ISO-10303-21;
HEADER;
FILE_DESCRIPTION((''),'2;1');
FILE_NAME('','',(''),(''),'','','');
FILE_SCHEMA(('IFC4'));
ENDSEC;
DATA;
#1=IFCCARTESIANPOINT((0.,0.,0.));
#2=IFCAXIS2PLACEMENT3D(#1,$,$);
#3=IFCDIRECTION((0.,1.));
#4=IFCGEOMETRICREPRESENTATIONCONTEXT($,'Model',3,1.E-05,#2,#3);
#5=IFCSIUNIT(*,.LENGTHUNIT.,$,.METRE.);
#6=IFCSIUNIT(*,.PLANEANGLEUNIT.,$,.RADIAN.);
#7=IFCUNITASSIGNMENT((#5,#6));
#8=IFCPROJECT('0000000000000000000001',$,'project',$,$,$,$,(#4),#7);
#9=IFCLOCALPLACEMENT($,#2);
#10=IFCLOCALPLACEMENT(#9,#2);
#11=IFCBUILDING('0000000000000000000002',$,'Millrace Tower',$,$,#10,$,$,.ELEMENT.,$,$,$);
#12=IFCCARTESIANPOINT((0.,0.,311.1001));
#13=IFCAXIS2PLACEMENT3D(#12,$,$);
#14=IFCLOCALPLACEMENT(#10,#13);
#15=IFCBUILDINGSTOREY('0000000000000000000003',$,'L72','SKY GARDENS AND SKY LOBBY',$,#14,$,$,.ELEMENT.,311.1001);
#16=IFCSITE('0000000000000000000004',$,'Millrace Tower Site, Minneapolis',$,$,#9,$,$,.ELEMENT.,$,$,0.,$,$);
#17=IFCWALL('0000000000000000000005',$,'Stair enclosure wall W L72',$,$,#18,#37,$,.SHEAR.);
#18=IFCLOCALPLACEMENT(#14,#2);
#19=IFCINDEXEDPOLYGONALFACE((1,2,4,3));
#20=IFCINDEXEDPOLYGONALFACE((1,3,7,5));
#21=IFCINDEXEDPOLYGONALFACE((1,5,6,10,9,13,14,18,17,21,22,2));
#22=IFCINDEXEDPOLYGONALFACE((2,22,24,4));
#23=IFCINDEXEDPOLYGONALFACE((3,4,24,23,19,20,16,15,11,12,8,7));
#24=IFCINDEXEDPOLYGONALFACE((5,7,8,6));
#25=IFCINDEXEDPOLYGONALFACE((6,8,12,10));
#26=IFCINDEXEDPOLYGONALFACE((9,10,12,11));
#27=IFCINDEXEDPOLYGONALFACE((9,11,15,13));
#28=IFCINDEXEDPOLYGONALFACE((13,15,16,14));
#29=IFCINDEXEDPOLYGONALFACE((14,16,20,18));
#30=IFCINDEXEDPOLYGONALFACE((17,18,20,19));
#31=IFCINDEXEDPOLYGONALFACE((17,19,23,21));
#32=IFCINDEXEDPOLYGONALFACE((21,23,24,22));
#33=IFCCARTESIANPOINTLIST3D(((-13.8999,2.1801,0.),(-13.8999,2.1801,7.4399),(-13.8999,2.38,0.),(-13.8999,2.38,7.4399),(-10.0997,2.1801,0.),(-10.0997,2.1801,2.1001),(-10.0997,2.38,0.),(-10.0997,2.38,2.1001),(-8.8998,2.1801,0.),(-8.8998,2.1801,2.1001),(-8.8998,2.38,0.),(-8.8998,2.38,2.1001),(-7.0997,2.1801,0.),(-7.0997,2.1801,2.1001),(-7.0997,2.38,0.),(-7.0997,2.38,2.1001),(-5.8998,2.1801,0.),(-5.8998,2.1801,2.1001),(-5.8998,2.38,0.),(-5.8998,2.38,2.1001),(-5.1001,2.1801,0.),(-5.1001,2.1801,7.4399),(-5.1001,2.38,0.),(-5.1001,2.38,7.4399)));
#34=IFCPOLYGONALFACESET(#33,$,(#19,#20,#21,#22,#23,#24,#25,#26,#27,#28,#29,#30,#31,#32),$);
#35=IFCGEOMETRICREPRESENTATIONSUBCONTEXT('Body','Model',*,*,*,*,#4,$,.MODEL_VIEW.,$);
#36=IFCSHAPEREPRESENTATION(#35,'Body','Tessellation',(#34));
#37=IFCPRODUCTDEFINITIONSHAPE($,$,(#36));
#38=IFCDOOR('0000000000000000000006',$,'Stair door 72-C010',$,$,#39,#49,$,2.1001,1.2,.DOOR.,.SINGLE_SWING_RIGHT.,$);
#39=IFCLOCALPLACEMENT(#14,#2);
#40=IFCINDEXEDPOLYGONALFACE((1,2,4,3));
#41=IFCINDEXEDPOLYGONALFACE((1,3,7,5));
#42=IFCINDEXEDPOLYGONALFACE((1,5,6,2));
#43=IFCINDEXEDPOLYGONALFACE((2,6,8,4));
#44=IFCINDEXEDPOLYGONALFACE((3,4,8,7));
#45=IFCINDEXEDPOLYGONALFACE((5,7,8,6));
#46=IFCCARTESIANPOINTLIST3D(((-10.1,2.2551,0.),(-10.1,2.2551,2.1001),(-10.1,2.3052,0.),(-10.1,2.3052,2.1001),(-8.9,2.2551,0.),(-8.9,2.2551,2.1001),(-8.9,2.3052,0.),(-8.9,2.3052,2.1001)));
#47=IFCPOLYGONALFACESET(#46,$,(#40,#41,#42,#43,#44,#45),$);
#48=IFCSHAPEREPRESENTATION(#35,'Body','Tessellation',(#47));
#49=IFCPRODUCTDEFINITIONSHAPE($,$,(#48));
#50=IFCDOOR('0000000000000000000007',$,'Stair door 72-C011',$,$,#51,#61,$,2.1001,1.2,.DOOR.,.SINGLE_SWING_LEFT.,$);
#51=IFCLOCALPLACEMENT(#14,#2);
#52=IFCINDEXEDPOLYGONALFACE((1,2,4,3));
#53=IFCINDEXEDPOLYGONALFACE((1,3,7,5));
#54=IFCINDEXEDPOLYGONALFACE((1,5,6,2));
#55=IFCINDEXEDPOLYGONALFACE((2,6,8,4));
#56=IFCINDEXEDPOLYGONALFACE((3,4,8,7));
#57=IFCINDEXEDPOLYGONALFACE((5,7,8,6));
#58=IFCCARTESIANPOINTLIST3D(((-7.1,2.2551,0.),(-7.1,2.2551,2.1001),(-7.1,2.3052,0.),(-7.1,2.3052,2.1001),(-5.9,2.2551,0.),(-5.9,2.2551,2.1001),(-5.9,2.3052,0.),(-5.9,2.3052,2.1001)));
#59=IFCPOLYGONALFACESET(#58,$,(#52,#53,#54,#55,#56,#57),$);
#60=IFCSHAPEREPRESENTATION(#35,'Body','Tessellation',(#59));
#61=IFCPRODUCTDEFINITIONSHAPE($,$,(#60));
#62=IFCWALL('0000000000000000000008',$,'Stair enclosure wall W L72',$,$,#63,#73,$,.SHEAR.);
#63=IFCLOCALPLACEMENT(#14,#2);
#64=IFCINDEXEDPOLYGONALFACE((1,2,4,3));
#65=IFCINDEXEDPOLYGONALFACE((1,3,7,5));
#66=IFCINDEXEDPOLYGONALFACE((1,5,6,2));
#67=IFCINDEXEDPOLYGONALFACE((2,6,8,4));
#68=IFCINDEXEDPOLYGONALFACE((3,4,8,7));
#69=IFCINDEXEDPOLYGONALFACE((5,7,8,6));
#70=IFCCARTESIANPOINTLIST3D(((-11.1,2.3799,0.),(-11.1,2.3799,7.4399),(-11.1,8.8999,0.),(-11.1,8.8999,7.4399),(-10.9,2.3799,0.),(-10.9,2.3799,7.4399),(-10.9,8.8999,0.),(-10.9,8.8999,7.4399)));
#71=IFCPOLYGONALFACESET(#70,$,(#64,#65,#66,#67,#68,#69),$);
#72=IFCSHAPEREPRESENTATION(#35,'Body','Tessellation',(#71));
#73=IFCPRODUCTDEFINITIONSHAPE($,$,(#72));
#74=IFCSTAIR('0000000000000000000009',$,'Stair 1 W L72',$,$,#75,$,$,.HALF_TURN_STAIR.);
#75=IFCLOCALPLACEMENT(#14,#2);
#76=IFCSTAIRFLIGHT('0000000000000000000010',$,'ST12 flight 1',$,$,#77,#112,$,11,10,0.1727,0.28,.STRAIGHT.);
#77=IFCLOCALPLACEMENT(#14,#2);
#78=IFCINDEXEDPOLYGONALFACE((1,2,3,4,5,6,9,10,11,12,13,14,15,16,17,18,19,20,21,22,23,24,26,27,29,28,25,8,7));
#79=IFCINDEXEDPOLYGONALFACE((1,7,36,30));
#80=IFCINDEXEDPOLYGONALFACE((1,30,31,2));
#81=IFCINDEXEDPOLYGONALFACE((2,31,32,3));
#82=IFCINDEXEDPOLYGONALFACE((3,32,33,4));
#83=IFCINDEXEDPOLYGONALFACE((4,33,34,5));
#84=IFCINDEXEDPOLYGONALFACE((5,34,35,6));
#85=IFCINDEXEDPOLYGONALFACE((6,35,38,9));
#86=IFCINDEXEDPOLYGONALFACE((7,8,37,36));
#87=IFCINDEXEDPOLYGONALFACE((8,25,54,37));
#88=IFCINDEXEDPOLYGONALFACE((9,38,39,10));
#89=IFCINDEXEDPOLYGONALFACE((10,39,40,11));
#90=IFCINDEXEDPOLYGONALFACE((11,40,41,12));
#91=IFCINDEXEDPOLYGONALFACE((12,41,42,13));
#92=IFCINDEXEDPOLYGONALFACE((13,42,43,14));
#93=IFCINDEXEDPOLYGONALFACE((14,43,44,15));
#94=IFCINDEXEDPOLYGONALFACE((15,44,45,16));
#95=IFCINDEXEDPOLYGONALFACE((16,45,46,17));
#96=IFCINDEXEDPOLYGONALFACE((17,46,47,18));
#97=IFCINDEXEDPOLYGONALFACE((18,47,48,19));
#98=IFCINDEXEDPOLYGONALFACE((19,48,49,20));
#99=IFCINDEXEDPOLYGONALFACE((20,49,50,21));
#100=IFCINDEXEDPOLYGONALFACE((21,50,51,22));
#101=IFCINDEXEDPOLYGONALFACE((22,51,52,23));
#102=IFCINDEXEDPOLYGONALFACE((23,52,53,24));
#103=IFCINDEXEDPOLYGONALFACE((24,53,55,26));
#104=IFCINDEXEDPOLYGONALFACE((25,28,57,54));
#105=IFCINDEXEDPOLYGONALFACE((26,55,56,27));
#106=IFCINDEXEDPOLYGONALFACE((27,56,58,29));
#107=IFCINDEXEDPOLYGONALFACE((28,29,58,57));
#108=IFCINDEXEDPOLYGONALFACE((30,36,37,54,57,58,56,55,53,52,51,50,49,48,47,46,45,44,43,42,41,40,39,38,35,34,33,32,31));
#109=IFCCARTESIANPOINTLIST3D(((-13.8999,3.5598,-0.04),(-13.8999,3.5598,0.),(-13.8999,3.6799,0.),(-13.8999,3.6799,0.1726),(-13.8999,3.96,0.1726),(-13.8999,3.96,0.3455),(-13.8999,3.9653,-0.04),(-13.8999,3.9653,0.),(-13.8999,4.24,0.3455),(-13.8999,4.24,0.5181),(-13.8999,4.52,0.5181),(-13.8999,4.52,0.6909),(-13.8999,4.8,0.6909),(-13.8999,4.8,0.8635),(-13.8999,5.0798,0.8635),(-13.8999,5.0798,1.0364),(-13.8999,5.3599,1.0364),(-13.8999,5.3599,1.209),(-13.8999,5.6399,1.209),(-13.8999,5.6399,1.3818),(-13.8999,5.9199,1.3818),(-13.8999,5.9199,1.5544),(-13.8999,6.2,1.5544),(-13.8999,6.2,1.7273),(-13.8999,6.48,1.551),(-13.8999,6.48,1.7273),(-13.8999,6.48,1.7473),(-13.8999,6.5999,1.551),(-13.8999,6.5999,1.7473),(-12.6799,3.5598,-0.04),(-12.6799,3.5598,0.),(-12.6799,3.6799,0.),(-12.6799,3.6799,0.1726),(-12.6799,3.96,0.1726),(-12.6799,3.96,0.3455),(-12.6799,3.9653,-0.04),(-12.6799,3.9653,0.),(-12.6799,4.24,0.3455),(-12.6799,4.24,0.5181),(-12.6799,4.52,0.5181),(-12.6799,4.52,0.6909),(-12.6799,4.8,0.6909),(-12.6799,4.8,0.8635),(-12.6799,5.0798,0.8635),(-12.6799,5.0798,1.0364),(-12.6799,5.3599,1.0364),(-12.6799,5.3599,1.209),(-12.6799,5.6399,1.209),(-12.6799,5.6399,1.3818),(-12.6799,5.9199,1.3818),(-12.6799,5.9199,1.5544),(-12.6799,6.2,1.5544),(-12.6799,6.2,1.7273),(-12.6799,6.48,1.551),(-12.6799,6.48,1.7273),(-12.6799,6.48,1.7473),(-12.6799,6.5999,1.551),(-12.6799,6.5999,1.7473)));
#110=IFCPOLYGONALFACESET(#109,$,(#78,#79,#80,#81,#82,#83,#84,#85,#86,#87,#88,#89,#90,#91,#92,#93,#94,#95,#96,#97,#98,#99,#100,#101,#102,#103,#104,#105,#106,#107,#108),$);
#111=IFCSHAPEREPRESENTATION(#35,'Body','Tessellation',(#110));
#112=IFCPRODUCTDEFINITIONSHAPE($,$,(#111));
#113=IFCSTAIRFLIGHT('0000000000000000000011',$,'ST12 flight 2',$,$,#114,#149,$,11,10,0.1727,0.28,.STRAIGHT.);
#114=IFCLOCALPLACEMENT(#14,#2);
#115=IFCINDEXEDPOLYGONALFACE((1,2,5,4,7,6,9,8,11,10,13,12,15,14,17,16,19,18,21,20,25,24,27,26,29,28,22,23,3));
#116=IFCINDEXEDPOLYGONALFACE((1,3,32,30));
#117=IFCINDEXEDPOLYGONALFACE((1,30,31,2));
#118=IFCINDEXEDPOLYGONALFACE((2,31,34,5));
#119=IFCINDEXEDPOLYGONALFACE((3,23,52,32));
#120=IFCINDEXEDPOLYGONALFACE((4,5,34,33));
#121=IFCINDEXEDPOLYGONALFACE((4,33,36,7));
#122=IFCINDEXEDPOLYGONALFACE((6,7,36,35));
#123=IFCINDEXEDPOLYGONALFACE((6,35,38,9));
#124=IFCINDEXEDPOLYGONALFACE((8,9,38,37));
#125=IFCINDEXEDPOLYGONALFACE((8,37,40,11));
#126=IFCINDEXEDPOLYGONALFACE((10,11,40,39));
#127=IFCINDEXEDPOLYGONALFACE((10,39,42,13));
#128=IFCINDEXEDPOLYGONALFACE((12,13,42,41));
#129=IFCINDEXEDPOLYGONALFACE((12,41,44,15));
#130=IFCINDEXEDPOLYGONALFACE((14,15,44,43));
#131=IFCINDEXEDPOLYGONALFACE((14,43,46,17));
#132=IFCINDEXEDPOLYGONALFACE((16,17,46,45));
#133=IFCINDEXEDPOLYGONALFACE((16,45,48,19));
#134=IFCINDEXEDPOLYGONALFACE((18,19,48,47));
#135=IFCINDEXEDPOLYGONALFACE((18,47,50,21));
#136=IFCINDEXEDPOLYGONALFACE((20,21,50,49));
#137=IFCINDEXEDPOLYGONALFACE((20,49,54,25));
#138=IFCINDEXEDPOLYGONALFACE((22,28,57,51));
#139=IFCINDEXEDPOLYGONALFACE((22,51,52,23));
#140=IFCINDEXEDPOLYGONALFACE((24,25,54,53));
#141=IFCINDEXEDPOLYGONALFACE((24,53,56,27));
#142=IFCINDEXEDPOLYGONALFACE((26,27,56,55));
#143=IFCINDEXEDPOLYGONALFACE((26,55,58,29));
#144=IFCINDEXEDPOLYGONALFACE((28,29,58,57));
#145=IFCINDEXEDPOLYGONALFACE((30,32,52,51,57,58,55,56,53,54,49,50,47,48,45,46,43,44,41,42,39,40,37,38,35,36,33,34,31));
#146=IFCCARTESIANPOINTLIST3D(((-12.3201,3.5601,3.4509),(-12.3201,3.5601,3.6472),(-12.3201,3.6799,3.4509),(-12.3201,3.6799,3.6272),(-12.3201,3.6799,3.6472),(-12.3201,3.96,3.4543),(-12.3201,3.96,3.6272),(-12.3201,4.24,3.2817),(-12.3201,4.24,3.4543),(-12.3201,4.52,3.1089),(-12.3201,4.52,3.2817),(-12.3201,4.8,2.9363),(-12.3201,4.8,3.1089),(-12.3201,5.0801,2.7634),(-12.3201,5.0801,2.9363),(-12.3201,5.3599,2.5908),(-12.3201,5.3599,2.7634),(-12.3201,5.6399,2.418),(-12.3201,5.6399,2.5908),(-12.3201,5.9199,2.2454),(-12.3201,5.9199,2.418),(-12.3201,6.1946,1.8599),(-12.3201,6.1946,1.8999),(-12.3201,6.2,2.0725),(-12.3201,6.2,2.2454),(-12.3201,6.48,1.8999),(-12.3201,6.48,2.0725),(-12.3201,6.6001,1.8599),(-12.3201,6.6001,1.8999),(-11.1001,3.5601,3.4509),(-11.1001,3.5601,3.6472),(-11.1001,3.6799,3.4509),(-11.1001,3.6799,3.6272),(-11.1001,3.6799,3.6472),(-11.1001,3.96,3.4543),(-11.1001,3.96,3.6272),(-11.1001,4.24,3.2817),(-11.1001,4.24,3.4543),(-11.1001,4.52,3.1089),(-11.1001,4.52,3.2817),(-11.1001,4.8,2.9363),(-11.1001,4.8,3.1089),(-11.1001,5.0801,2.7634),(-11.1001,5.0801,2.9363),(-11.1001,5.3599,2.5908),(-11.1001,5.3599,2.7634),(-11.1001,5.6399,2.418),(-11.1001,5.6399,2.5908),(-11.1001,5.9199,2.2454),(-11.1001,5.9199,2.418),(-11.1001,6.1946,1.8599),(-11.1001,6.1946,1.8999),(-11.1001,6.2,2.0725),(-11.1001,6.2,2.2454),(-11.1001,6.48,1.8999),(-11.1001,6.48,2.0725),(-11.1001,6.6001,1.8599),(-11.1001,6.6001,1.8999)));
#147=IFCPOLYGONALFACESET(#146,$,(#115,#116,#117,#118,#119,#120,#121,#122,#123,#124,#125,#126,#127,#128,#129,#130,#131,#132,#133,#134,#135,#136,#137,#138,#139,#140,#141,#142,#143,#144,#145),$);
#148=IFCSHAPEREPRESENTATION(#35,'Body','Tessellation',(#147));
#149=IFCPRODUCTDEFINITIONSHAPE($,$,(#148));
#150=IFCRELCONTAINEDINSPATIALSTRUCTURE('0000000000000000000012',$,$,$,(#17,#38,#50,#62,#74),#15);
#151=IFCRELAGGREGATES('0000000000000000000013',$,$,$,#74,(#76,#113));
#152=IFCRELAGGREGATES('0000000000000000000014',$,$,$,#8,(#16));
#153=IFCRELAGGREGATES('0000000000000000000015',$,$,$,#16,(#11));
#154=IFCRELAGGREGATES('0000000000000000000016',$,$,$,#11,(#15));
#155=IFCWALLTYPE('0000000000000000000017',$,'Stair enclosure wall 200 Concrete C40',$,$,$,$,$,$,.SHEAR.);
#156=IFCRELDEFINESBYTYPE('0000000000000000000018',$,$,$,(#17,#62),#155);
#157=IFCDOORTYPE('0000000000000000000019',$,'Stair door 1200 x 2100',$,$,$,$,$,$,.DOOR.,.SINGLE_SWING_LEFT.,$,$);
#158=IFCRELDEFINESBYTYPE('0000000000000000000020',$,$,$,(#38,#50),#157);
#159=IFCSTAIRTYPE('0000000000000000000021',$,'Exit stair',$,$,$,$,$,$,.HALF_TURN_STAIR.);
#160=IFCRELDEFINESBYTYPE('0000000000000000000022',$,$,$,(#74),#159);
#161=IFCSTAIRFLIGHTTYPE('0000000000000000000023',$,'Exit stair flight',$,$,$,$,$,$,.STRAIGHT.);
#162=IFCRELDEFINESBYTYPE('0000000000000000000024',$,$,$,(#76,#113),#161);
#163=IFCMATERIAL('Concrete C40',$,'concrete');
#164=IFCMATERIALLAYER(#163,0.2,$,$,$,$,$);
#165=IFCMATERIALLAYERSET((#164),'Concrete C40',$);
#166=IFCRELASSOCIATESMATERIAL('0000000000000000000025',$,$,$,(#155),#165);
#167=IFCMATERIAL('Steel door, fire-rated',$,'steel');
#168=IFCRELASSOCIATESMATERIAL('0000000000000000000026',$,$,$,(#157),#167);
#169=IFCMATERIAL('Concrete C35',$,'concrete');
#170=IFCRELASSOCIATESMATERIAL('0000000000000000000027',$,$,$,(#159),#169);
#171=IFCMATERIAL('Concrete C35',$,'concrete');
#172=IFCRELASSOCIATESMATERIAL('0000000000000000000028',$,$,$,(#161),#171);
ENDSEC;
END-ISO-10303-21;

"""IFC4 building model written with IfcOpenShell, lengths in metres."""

from ifc_helpers import new_model, si_unit, direction, frame, frame_2d, origin, place, context, subcontext, project, spatial, polyline, rectangle, outline, extrude, material, layer, layer_set, type_object, element, fill, aggregate, save


model = new_model("IFC4")

# Units and contexts
model_context = context("Model", 3, precision=1e-05, world=origin(), true_north=direction((0.0, 1.0)))
body_context = subcontext(model_context, "Body", "Model", "MODEL_VIEW")
ifc_project = project(units=[si_unit("LENGTHUNIT", "METRE"), si_unit("PLANEANGLEUNIT", "RADIAN")], contexts=[model_context])

# Site, building, storey
site_placement = place(None, origin())
site = spatial("IfcSite", under=ifc_project, at=site_placement, Name="Millrace Tower Site, Minneapolis", CompositionType="ELEMENT", RefElevation=0.0)
building_placement = place(site_placement, origin())
building = spatial("IfcBuilding", under=site, at=building_placement, Name="Millrace Tower", CompositionType="ELEMENT")
storey_placement = place(building_placement, frame((0.0, 0.0, 311.1001)))
storey = spatial("IfcBuildingStorey", under=building, at=storey_placement, Name="L72", Description="SKY GARDENS AND SKY LOBBY", CompositionType="ELEMENT", Elevation=311.1001)

# Shared definitions
placement = place(storey_placement, origin())

# Shared definitions
ifc_material_1 = material(Name="Concrete C40", Category="concrete")
ifc_layer_1 = layer(ifc_material_1, 0.2)
ifc_layer_set_1 = layer_set([ifc_layer_1], Name="Concrete C40")
wall_type_1 = type_object("IfcWallType", Name="Stair enclosure wall 200 Concrete C40", PredefinedType="SHEAR", material=ifc_layer_set_1)

# Wall, openings, doors
wall_1_placement = place(storey_placement, frame((-13.8999, 2.28, 0.0), z_axis=(0.0, 0.0, 1.0), x_axis=(1.0, 0.0, 0.0)))
wall_1 = element("IfcWall", 1, at=wall_1_placement, inside=storey, type_object=wall_type_1, Name="Stair enclosure wall W L72", PredefinedType="SHEAR", context=body_context, shape_type="SweptSolid", body=[
    extrude(rectangle(XDim=8.7998, YDim=0.2, at=frame_2d((4.3999, 0.0))), origin(), (0.0, 0.0, 1.0), 7.4399),
])
opening_1_placement = place(wall_1_placement, frame((3.8, 0.0, 0.0)))
opening_1 = element("IfcOpeningElement", 2, at=opening_1_placement, cuts=wall_1, PredefinedType="OPENING", context=body_context, shape_type="SweptSolid", body=[
    extrude(rectangle(XDim=1.2, YDim=2.1001, at=frame_2d((0.6001, 1.05))), frame((0.0, 0.1099, 0.0), z_axis=(0.0, -1.0, 0.0), x_axis=(1.0, 0.0, 0.0)), (0.0, 0.0, 1.0), 0.22),
])
opening_2_placement = place(wall_1_placement, frame((6.8, 0.0, 0.0)))
opening_2 = element("IfcOpeningElement", 3, at=opening_2_placement, cuts=wall_1, PredefinedType="OPENING", context=body_context, shape_type="SweptSolid", body=[
    extrude(rectangle(XDim=1.2, YDim=2.1001, at=frame_2d((0.6001, 1.05))), frame((0.0, 0.1099, 0.0), z_axis=(0.0, -1.0, 0.0), x_axis=(1.0, 0.0, 0.0)), (0.0, 0.0, 1.0), 0.22),
])
ifc_material_2 = material(Name="Steel door, fire-rated", Category="steel")
door_type_1 = type_object("IfcDoorType", Name="Stair door 1200 x 2100", OperationType="SINGLE_SWING_LEFT", PredefinedType="DOOR", material=ifc_material_2)
door_1_placement = place(opening_1_placement, frame((1.2, 0.0, 0.0), z_axis=(0.0, 0.0, 1.0), x_axis=(-1.0, 0.0, 0.0)))
door_1 = element("IfcDoor", 4, at=door_1_placement, inside=storey, type_object=door_type_1, Name="Stair door 72-C010", OperationType="SINGLE_SWING_RIGHT", OverallHeight=2.1001, OverallWidth=1.2, PredefinedType="DOOR", context=body_context, shape_type="SweptSolid", body=[
    extrude(rectangle(XDim=1.2, YDim=2.1001, at=frame_2d((0.6001, 1.05))), frame((0.0, 0.0249, 0.0), z_axis=(0.0, -1.0, 0.0), x_axis=(1.0, 0.0, 0.0)), (0.0, 0.0, 1.0), 0.05),
])
fill(opening_1, door_1)
door_2_placement = place(opening_2_placement, frame((1.2, 0.0, 0.0), z_axis=(0.0, 0.0, 1.0), x_axis=(-1.0, 0.0, 0.0)))
door_2 = element("IfcDoor", 5, at=door_2_placement, inside=storey, type_object=door_type_1, Name="Stair door 72-C011", OperationType="SINGLE_SWING_LEFT", OverallHeight=2.1001, OverallWidth=1.2, PredefinedType="DOOR", context=body_context, shape_type="SweptSolid", body=[
    extrude(rectangle(XDim=1.2, YDim=2.1001, at=frame_2d((0.6001, 1.05))), frame((0.0, 0.0249, 0.0), z_axis=(0.0, -1.0, 0.0), x_axis=(1.0, 0.0, 0.0)), (0.0, 0.0, 1.0), 0.05),
])
fill(opening_2, door_2)

# Wall
wall_2_placement = place(storey_placement, frame((-11.0, 2.3799, 0.0), z_axis=(0.0, 0.0, 1.0), x_axis=(0.0, 1.0, 0.0)))
element("IfcWall", 6, at=wall_2_placement, inside=storey, type_object=wall_type_1, Name="Stair enclosure wall W L72", PredefinedType="SHEAR", context=body_context, shape_type="SweptSolid", body=[
    extrude(rectangle(XDim=6.52, YDim=0.2, at=frame_2d((3.26, 0.0))), origin(), (0.0, 0.0, 1.0), 7.4399),
])

# Stair, stair flights
ifc_material_3 = material(Name="Concrete C35", Category="concrete")
stair_type = type_object("IfcStairType", Name="Exit stair", PredefinedType="HALF_TURN_STAIR", material=ifc_material_3)
stair = element("IfcStair", 7, at=placement, inside=storey, type_object=stair_type, Name="Stair 1 W L72", PredefinedType="HALF_TURN_STAIR")
ifc_material_4 = material(Name="Concrete C35", Category="concrete")
stair_flight_type = type_object("IfcStairFlightType", Name="Exit stair flight", PredefinedType="STRAIGHT", material=ifc_material_4)
stair_flight_1_placement = place(storey_placement, frame((-13.29, 3.6799, 0.0), z_axis=(0.0, 0.0, 1.0), x_axis=(0.0, 1.0, 0.0)))
stair_flight_1 = element("IfcStairFlight", 8, at=stair_flight_1_placement, type_object=stair_flight_type, Name="ST12 flight 1", NumberOfRisers=11, NumberOfTreads=10, PredefinedType="STRAIGHT", RiserHeight=0.1727, TreadLength=0.28, context=body_context, shape_type="SweptSolid", body=[
    extrude(outline(polyline([(-0.1201, -0.04), (-0.1201, 0.0), (0.0, 0.0), (0.0, 0.1726), (0.28, 0.1726), (0.28, 0.3455), (0.5601, 0.3455), (0.5601, 0.5181), (0.8401, 0.5181), (0.8401, 0.6909), (1.1201, 0.6909), (1.1201, 0.8635), (1.3999, 0.8635), (1.3999, 1.0364), (1.6799, 1.0364), (1.6799, 1.209), (1.96, 1.209), (1.96, 1.3818), (2.24, 1.3818), (2.24, 1.5544), (2.52, 1.5544), (2.52, 1.7273), (2.8, 1.7273), (2.8, 1.7473), (2.9199, 1.7473), (2.9199, 1.551), (2.8, 1.551), (0.2854, 0.0), (0.2854, -0.04), (-0.1201, -0.04)])), frame((0.0, 0.6099, 0.0), z_axis=(0.0, -1.0, 0.0), x_axis=(1.0, 0.0, 0.0)), (0.0, 0.0, 1.0), 1.22),
])
stair_flight_2_placement = place(storey_placement, frame((-11.71, 6.48, 1.8999), z_axis=(0.0, 0.0, 1.0), x_axis=(0.0, -1.0, 0.0)))
stair_flight_2 = element("IfcStairFlight", 9, at=stair_flight_2_placement, type_object=stair_flight_type, Name="ST12 flight 2", NumberOfRisers=11, NumberOfTreads=10, PredefinedType="STRAIGHT", RiserHeight=0.1727, TreadLength=0.28, context=body_context, shape_type="SweptSolid", body=[
    extrude(outline(polyline([(-0.1201, -0.04), (-0.1201, 0.0), (0.0, 0.0), (0.0, 0.1726), (0.28, 0.1726), (0.28, 0.3455), (0.5601, 0.3455), (0.5601, 0.5181), (0.8401, 0.5181), (0.8401, 0.6909), (1.1201, 0.6909), (1.1201, 0.8635), (1.3999, 0.8635), (1.3999, 1.0364), (1.6799, 1.0364), (1.6799, 1.209), (1.96, 1.209), (1.96, 1.3818), (2.24, 1.3818), (2.24, 1.5544), (2.52, 1.5544), (2.52, 1.7273), (2.8, 1.7273), (2.8, 1.7473), (2.9199, 1.7473), (2.9199, 1.551), (2.8, 1.551), (0.2854, 0.0), (0.2854, -0.04), (-0.1201, -0.04)])), frame((0.0, 0.6099, 0.0), z_axis=(0.0, -1.0, 0.0), x_axis=(1.0, 0.0, 0.0)), (0.0, 0.0, 1.0), 1.22),
])
aggregate(stair, [stair_flight_1, stair_flight_2])

save(model, "model.ifc")
